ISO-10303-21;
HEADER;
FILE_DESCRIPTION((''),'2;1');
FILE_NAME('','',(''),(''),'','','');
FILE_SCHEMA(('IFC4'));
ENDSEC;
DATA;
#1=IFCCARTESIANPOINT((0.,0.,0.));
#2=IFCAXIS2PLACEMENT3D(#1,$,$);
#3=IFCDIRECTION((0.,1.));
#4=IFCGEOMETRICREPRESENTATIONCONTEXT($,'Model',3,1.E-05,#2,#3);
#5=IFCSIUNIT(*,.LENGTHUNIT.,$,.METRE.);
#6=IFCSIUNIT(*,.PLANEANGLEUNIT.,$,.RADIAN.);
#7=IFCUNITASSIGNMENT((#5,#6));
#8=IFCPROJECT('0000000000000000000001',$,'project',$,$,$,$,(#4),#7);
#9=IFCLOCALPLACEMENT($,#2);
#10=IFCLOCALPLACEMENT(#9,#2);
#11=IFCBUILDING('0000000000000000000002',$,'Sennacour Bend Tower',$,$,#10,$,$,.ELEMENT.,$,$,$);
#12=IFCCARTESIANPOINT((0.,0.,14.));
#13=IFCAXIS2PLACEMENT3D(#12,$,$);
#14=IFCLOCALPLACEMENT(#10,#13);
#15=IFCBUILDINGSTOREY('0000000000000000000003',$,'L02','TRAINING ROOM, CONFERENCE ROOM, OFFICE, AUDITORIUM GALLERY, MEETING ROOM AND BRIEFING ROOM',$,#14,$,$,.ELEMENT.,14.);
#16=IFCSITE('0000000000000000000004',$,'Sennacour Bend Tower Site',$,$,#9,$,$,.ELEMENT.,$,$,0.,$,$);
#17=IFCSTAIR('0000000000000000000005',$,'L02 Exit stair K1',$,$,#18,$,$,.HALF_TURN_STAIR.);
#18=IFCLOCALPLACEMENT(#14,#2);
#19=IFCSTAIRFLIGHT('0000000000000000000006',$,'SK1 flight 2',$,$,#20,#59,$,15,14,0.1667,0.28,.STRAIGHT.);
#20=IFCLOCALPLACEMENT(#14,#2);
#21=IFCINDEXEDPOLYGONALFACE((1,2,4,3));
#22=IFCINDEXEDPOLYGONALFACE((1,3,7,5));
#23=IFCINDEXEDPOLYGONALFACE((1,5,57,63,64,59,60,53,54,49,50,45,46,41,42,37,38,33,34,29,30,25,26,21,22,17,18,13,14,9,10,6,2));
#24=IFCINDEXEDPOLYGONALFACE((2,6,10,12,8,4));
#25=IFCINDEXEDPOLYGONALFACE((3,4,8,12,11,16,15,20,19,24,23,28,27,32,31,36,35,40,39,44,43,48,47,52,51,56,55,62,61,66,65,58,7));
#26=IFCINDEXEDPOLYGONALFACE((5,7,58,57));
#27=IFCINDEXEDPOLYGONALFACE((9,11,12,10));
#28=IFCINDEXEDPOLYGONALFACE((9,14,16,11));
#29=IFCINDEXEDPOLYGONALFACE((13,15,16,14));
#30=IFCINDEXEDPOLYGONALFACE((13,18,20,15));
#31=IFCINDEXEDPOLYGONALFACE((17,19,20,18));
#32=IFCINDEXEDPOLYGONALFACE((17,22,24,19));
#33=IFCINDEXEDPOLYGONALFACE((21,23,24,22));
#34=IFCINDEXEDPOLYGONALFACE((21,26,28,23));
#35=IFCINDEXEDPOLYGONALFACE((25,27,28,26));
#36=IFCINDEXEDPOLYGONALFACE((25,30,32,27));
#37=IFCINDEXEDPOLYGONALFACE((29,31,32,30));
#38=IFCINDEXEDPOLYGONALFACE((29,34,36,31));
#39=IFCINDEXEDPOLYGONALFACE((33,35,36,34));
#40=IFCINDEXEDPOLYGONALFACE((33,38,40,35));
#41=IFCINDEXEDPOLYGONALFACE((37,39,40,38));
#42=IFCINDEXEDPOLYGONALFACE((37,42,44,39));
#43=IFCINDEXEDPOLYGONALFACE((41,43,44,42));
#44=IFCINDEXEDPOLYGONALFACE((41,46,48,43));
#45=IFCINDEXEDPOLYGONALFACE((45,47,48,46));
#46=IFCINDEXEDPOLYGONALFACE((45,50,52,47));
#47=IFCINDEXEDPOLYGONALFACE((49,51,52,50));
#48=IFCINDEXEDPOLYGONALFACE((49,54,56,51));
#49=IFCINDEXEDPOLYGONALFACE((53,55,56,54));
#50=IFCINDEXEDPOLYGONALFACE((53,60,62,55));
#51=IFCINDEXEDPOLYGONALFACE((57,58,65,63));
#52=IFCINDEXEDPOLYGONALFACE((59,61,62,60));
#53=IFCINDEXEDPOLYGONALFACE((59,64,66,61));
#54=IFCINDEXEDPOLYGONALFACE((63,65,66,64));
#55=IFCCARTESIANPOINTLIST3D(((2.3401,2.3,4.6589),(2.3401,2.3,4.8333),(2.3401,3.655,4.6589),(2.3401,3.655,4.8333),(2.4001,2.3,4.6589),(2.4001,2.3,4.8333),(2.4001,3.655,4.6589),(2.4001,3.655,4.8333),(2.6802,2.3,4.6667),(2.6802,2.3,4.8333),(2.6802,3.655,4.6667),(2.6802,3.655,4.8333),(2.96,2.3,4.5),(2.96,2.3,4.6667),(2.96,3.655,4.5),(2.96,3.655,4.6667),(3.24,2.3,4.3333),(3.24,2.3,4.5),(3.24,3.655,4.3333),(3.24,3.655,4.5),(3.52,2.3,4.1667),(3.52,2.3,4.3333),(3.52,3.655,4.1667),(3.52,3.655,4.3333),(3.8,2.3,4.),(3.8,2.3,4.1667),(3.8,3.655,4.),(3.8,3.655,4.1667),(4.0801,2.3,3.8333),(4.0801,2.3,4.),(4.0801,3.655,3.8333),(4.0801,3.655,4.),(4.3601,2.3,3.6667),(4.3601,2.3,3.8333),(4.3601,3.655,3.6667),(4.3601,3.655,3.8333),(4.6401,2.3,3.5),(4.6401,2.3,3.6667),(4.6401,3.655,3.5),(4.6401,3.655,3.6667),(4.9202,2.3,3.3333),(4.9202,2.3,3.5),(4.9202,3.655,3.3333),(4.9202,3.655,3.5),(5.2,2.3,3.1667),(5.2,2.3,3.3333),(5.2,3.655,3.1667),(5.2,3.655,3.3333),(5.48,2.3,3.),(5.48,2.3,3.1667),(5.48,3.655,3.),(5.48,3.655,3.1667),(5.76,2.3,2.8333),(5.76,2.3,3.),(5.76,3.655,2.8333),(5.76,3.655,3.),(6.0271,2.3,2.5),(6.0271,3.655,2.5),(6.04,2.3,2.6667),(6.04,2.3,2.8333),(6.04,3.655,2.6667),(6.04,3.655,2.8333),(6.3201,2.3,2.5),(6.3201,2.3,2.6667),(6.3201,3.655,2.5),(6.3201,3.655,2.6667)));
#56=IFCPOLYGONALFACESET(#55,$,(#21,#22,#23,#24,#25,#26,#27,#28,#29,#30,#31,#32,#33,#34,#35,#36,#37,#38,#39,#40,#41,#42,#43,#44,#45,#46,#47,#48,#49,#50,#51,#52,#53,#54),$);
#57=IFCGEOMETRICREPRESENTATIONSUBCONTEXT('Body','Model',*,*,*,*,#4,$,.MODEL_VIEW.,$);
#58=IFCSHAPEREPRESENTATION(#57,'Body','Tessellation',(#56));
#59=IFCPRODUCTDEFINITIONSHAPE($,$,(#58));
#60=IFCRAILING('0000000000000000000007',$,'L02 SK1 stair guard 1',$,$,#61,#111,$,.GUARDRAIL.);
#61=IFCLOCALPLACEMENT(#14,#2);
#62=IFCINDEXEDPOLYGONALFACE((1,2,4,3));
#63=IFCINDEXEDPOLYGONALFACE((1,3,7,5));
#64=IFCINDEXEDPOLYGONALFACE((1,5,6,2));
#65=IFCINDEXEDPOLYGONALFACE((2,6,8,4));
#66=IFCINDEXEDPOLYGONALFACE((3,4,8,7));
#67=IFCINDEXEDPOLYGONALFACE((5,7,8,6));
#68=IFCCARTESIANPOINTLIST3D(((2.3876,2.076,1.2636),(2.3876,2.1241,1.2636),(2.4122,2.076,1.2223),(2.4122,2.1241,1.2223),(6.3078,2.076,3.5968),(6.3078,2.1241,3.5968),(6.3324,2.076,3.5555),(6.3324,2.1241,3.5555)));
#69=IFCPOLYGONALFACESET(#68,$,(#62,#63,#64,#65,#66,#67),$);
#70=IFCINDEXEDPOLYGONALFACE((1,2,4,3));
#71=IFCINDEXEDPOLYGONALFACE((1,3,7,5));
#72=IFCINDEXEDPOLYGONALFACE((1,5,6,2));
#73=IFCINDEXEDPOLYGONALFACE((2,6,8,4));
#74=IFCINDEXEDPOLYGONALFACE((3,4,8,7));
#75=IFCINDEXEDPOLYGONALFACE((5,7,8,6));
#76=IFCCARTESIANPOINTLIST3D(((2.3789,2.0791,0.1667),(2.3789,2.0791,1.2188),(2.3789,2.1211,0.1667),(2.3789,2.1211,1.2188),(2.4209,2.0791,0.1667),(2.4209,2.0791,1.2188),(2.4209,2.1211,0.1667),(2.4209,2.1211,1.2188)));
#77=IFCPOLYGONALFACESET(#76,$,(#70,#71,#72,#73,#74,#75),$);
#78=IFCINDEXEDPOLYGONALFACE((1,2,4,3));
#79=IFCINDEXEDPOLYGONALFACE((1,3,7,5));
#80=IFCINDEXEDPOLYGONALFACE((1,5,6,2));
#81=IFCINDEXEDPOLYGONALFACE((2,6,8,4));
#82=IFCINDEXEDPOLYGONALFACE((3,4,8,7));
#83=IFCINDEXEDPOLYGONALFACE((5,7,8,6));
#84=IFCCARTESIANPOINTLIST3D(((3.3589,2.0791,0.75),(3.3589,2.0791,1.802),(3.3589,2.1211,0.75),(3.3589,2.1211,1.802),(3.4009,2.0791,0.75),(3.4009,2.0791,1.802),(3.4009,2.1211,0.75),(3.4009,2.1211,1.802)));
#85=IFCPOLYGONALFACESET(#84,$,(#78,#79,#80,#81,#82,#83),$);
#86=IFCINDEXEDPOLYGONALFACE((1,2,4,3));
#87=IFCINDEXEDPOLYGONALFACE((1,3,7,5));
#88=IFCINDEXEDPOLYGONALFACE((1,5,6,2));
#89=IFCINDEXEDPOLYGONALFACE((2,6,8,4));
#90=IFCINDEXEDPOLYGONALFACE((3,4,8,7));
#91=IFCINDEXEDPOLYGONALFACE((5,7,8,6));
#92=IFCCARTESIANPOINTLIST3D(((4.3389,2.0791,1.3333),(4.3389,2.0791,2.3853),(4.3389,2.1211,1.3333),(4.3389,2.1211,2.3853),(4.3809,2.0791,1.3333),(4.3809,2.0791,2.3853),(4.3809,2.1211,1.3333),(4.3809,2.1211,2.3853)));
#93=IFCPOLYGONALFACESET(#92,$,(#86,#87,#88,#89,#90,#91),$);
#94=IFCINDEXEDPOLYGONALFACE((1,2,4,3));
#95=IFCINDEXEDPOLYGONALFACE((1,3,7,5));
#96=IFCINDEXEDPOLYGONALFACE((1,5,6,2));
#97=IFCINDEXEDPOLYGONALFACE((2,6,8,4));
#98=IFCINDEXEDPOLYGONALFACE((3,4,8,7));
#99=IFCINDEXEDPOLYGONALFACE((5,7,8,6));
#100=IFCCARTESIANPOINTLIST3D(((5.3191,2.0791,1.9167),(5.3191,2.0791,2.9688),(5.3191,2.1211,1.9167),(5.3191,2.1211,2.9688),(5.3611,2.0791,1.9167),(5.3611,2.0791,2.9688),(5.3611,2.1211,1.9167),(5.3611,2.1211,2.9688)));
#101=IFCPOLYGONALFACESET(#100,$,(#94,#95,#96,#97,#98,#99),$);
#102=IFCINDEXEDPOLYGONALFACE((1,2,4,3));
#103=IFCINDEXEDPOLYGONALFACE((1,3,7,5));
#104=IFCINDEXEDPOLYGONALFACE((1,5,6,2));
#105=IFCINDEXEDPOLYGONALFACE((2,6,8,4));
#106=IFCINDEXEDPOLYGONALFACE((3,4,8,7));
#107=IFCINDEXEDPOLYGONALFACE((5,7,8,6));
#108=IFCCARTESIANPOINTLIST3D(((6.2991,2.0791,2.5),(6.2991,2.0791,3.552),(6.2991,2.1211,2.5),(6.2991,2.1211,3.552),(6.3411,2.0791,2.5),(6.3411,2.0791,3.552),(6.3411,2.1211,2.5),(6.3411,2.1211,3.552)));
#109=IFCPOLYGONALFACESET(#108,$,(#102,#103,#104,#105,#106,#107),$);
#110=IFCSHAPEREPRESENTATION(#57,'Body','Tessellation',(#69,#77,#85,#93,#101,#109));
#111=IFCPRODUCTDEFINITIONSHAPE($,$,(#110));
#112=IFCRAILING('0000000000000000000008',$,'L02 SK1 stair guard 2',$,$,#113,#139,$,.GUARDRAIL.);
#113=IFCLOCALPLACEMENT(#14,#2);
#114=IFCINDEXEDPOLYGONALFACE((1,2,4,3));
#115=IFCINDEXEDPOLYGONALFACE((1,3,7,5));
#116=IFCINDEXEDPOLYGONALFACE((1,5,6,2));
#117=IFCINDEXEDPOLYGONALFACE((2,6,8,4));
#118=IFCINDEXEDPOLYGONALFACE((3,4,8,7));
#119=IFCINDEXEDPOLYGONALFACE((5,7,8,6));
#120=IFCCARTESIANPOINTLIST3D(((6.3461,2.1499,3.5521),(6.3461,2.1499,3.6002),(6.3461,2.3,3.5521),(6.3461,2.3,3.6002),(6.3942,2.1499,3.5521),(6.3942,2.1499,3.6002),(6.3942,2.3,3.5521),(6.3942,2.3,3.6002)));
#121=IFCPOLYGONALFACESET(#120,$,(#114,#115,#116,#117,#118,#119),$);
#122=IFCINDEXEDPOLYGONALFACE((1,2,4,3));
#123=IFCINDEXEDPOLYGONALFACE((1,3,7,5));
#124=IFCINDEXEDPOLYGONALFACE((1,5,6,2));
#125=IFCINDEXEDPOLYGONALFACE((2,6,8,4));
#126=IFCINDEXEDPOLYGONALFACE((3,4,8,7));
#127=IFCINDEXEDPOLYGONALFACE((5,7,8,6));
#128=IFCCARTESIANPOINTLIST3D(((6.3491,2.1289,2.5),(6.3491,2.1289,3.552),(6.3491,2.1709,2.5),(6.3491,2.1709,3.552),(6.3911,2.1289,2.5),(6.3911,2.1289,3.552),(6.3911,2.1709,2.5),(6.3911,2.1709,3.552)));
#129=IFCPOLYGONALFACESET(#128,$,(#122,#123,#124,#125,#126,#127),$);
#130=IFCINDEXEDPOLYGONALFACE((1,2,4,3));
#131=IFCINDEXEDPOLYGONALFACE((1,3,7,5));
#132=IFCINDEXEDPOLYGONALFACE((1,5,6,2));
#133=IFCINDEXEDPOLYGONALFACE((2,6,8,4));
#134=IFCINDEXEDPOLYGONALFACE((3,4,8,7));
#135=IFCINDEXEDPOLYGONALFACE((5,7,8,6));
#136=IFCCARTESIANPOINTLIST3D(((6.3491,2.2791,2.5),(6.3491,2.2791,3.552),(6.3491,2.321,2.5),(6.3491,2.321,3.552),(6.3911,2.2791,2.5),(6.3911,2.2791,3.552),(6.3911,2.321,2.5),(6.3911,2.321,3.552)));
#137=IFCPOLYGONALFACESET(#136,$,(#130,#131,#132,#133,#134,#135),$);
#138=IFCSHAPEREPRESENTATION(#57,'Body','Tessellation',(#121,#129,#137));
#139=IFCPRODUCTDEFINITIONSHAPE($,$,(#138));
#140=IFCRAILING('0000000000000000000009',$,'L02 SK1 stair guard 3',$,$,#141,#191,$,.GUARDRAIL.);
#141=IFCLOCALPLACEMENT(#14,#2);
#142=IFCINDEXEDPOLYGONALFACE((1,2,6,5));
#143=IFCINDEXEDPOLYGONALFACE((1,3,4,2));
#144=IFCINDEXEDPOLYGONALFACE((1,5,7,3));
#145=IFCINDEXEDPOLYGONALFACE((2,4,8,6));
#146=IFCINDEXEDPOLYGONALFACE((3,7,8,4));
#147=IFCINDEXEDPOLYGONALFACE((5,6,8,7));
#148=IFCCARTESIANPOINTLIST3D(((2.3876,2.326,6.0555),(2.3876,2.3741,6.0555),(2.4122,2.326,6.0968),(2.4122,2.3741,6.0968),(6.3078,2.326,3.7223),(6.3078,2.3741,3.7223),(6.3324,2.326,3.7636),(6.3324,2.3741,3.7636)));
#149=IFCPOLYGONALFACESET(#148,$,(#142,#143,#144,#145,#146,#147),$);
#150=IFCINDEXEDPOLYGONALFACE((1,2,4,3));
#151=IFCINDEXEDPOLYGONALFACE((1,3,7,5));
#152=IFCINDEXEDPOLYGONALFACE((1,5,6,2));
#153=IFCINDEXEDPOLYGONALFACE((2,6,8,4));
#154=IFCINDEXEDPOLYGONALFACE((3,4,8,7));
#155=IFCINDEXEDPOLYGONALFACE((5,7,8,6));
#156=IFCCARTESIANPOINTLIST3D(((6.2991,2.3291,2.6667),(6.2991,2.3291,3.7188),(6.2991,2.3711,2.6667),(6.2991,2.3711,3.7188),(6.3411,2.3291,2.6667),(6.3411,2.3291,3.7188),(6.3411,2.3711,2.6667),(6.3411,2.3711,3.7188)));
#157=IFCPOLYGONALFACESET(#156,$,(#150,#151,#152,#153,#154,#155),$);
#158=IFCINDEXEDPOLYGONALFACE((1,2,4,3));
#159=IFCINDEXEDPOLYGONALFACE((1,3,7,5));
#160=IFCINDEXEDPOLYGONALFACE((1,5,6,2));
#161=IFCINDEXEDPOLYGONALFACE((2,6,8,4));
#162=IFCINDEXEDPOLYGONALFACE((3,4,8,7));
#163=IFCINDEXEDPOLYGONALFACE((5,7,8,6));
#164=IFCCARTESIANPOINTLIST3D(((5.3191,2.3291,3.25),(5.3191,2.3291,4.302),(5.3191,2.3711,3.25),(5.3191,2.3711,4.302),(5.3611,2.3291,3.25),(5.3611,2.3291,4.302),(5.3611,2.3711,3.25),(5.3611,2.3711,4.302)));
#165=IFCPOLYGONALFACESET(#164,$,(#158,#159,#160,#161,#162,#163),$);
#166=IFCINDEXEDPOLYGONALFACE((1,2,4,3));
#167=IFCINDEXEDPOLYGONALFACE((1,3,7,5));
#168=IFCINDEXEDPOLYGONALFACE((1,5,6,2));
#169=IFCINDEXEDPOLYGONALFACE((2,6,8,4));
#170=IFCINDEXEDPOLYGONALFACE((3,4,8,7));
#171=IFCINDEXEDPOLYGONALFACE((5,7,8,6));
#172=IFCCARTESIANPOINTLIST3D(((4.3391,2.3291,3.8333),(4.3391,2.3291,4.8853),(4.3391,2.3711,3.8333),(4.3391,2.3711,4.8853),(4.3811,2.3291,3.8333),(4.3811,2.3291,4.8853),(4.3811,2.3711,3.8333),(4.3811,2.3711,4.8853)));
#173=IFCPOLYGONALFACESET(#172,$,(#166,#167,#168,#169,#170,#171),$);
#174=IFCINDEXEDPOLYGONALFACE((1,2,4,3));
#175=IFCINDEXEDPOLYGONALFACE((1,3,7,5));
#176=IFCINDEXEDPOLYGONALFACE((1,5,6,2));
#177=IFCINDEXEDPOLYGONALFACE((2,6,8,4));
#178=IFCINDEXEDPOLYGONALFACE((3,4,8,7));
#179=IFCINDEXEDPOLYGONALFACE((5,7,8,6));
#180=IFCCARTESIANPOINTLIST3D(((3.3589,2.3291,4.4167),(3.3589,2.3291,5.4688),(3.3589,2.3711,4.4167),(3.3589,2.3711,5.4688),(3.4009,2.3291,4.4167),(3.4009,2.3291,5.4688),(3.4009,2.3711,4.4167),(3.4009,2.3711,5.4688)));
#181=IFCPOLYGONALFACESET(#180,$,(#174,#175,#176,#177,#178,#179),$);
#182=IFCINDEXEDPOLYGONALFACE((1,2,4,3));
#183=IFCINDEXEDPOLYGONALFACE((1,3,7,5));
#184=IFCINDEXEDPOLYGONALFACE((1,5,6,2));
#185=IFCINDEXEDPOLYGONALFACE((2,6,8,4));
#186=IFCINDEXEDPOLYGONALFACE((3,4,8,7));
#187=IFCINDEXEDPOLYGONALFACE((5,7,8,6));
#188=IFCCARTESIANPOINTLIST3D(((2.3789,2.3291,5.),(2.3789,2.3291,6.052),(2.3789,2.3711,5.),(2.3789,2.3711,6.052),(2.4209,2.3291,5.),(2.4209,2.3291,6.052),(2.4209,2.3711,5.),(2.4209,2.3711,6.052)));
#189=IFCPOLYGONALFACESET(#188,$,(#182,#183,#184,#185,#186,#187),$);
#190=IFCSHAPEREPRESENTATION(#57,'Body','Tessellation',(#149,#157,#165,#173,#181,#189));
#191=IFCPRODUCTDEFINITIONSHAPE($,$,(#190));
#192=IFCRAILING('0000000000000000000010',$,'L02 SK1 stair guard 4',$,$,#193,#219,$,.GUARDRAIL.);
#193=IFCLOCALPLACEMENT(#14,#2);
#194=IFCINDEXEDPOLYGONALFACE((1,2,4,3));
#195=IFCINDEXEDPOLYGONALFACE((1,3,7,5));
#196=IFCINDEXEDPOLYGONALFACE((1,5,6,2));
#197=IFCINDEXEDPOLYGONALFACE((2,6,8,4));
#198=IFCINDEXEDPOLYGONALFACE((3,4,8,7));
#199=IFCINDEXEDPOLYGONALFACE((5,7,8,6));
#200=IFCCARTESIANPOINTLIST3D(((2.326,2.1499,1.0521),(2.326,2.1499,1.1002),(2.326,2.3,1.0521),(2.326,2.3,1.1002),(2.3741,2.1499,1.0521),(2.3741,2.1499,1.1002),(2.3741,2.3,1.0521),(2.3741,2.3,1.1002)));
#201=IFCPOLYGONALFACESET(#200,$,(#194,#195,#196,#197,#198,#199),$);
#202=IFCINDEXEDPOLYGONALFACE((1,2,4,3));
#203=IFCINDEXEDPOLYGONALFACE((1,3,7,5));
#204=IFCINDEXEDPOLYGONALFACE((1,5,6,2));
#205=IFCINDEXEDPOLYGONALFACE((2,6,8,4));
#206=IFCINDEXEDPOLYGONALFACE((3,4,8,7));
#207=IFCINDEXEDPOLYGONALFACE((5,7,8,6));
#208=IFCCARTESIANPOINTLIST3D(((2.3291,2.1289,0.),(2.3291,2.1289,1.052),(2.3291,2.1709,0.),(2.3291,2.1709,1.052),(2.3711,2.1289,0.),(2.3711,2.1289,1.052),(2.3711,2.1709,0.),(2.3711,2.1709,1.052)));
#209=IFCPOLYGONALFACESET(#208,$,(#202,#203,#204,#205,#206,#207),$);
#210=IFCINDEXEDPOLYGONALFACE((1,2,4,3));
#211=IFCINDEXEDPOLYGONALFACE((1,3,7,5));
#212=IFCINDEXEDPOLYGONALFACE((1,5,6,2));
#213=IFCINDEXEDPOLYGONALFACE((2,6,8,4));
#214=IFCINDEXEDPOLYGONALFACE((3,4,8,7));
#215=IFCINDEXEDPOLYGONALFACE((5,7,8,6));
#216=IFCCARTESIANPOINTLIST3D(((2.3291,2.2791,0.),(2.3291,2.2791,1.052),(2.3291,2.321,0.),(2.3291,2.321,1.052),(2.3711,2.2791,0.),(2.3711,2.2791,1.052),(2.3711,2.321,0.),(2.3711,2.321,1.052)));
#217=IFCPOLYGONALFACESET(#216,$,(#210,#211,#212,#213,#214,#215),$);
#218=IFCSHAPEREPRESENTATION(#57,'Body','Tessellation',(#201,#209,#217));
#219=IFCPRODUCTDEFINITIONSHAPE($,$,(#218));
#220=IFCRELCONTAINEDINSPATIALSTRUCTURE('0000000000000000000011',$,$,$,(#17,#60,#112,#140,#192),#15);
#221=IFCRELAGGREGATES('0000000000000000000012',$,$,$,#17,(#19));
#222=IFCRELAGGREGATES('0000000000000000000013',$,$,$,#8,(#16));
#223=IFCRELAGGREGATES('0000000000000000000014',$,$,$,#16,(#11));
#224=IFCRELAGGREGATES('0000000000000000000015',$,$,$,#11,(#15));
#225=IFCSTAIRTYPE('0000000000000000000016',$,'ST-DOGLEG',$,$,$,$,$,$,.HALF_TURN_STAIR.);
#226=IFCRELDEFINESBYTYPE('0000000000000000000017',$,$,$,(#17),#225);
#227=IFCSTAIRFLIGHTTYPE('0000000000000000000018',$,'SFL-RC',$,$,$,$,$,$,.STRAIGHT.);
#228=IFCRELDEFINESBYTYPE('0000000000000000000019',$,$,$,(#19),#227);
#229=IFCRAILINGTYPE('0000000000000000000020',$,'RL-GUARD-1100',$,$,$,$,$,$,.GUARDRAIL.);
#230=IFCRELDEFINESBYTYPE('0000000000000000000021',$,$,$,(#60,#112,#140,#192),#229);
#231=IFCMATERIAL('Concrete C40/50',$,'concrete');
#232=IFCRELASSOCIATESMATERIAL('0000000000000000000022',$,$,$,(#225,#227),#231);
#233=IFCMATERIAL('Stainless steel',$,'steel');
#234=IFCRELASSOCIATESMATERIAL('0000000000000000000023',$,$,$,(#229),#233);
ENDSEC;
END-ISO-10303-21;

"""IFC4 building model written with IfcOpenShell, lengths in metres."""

from ifc_helpers import new_model, si_unit, direction, frame, origin, origin_2d, place, context, subcontext, project, spatial, polyline, rectangle, outline, extrude, material, type_object, element, aggregate, save


model = new_model("IFC4")

# Units and contexts
model_context = context("Model", 3, precision=1e-05, world=origin(), true_north=direction((0.0, 1.0)))
body_context = subcontext(model_context, "Body", "Model", "MODEL_VIEW")
ifc_project = project(units=[si_unit("LENGTHUNIT", "METRE"), si_unit("PLANEANGLEUNIT", "RADIAN")], contexts=[model_context])

# Site, building, storey
site_placement = place(None, origin())
site = spatial("IfcSite", under=ifc_project, at=site_placement, Name="Sennacour Bend Tower Site", CompositionType="ELEMENT", RefElevation=0.0)
building_placement = place(site_placement, origin())
building = spatial("IfcBuilding", under=site, at=building_placement, Name="Sennacour Bend Tower", CompositionType="ELEMENT")
storey_placement = place(building_placement, frame((0.0, 0.0, 14.0)))
storey = spatial("IfcBuildingStorey", under=building, at=storey_placement, Name="L02", Description="TRAINING ROOM, CONFERENCE ROOM, OFFICE, AUDITORIUM GALLERY, MEETING ROOM AND BRIEFING ROOM", CompositionType="ELEMENT", Elevation=14.0)

# Shared definitions
ifc_material_1 = material(Name="Concrete C40/50", Category="concrete")
stair_type = type_object("IfcStairType", Name="ST-DOGLEG", PredefinedType="HALF_TURN_STAIR", material=ifc_material_1)

# Stair
stair_1_placement = place(storey_placement, origin())
stair_1 = element("IfcStair", 1, at=stair_1_placement, inside=storey, type_object=stair_type, Name="L02 Exit stair K1", PredefinedType="HALF_TURN_STAIR")

# Stair flight
stair_flight_type = type_object("IfcStairFlightType", Name="SFL-RC", PredefinedType="STRAIGHT", material=ifc_material_1)
stair_flight_1_placement = place(storey_placement, frame((6.3201, 2.9775, 2.5), z_axis=(0.0, 0.0, 1.0), x_axis=(-1.0, 0.0, 0.0)))
stair_flight_1 = element("IfcStairFlight", 2, at=stair_flight_1_placement, type_object=stair_flight_type, Name="SK1 flight 2", NumberOfRisers=15, NumberOfTreads=14, PredefinedType="STRAIGHT", RiserHeight=0.1667, TreadLength=0.28, context=body_context, shape_type="SweptSolid", body=[
    extrude(outline(polyline([(0.0, 0.0), (0.0, 0.1667), (0.28, 0.1667), (0.28, 0.3333), (0.5601, 0.3333), (0.5601, 0.5), (0.8401, 0.5), (0.8401, 0.6667), (1.1201, 0.6667), (1.1201, 0.8333), (1.3999, 0.8333), (1.3999, 1.0), (1.6799, 1.0), (1.6799, 1.1667), (1.96, 1.1667), (1.96, 1.3333), (2.24, 1.3333), (2.24, 1.5), (2.52, 1.5), (2.52, 1.6667), (2.8, 1.6667), (2.8, 1.8333), (3.0801, 1.8333), (3.0801, 2.0), (3.3601, 2.0), (3.3601, 2.1667), (3.6399, 2.1667), (3.6399, 2.3333), (3.9199, 2.3333), (3.98, 2.3333), (3.98, 2.1589), (3.9199, 2.1589), (0.293, 0.0), (0.0, 0.0)])), frame((0.0, 0.6775, 0.0), z_axis=(0.0, -1.0, 0.0), x_axis=(1.0, 0.0, 0.0)), (0.0, 0.0, 1.0), 1.355),
])
aggregate(stair_1, [stair_flight_1])

# Railings
ifc_material_2 = material(Name="Stainless steel", Category="steel")
railing_type_1 = type_object("IfcRailingType", Name="RL-GUARD-1100", PredefinedType="GUARDRAIL", material=ifc_material_2)
railing_1_placement = place(storey_placement, frame((2.3999, 2.1001, 0.1667)))
element("IfcRailing", 3, at=railing_1_placement, inside=storey, type_object=railing_type_1, Name="L02 SK1 stair guard 1", PredefinedType="GUARDRAIL", context=body_context, shape_type="SweptSolid", body=[
    extrude(rectangle(XDim=0.0481, YDim=0.0481, at=origin_2d()), frame((0.0, 0.0, 1.0762), z_axis=(0.85931, 0.0, 0.511455), x_axis=(0.0, 1.0, 0.0)), (0.0, 0.0, 1.0), 4.562),
    extrude(rectangle(XDim=0.042, YDim=0.042, at=origin_2d()), origin(), (0.0, 0.0, 1.0), 1.052),
    extrude(rectangle(XDim=0.042, YDim=0.042, at=origin_2d()), frame((0.98, 0.0, 0.5833)), (0.0, 0.0, 1.0), 1.052),
    extrude(rectangle(XDim=0.042, YDim=0.042, at=origin_2d()), frame((1.96, 0.0, 1.1665)), (0.0, 0.0, 1.0), 1.052),
    extrude(rectangle(XDim=0.042, YDim=0.042, at=origin_2d()), frame((2.9402, 0.0, 1.75)), (0.0, 0.0, 1.0), 1.052),
    extrude(rectangle(XDim=0.042, YDim=0.042, at=origin_2d()), frame((3.9202, 0.0, 2.3333)), (0.0, 0.0, 1.0), 1.052),
])
railing_2_placement = place(storey_placement, frame((6.3701, 2.1499, 2.5)))
element("IfcRailing", 4, at=railing_2_placement, inside=storey, type_object=railing_type_1, Name="L02 SK1 stair guard 2", PredefinedType="GUARDRAIL", context=body_context, shape_type="SweptSolid", body=[
    extrude(rectangle(XDim=0.0481, YDim=0.0481, at=origin_2d()), frame((0.0, 0.0, 1.0762), z_axis=(0.0, 1.0, 0.0), x_axis=(-1.0, 0.0, 0.0)), (0.0, 0.0, 1.0), 0.1501),
    extrude(rectangle(XDim=0.042, YDim=0.042, at=origin_2d()), origin(), (0.0, 0.0, 1.0), 1.052),
    extrude(rectangle(XDim=0.042, YDim=0.042, at=origin_2d()), frame((0.0, 0.1501, 0.0)), (0.0, 0.0, 1.0), 1.052),
])
railing_3_placement = place(storey_placement, frame((6.3201, 2.3501, 2.6667)))
element("IfcRailing", 5, at=railing_3_placement, inside=storey, type_object=railing_type_1, Name="L02 SK1 stair guard 3", PredefinedType="GUARDRAIL", context=body_context, shape_type="SweptSolid", body=[
    extrude(rectangle(XDim=0.0481, YDim=0.0481, at=origin_2d()), frame((0.0, 0.0, 1.0762), z_axis=(-0.85931, 0.0, 0.511455), x_axis=(0.0, -1.0, 0.0)), (0.0, 0.0, 1.0), 4.562),
    extrude(rectangle(XDim=0.042, YDim=0.042, at=origin_2d()), origin(), (0.0, 0.0, 1.0), 1.052),
    extrude(rectangle(XDim=0.042, YDim=0.042, at=origin_2d()), frame((-0.98, 0.0, 0.5833)), (0.0, 0.0, 1.0), 1.052),
    extrude(rectangle(XDim=0.042, YDim=0.042, at=origin_2d()), frame((-1.96, 0.0, 1.1665)), (0.0, 0.0, 1.0), 1.052),
    extrude(rectangle(XDim=0.042, YDim=0.042, at=origin_2d()), frame((-2.9402, 0.0, 1.75)), (0.0, 0.0, 1.0), 1.052),
    extrude(rectangle(XDim=0.042, YDim=0.042, at=origin_2d()), frame((-3.9202, 0.0, 2.3333)), (0.0, 0.0, 1.0), 1.052),
])
railing_4_placement = place(storey_placement, frame((2.3501, 2.1499, 0.0)))
element("IfcRailing", 6, at=railing_4_placement, inside=storey, type_object=railing_type_1, Name="L02 SK1 stair guard 4", PredefinedType="GUARDRAIL", context=body_context, shape_type="SweptSolid", body=[
    extrude(rectangle(XDim=0.0481, YDim=0.0481, at=origin_2d()), frame((0.0, 0.0, 1.0762), z_axis=(0.0, 1.0, 0.0), x_axis=(-1.0, 0.0, 0.0)), (0.0, 0.0, 1.0), 0.1501),
    extrude(rectangle(XDim=0.042, YDim=0.042, at=origin_2d()), origin(), (0.0, 0.0, 1.0), 1.052),
    extrude(rectangle(XDim=0.042, YDim=0.042, at=origin_2d()), frame((0.0, 0.1501, 0.0)), (0.0, 0.0, 1.0), 1.052),
])

save(model, "model.ifc")
